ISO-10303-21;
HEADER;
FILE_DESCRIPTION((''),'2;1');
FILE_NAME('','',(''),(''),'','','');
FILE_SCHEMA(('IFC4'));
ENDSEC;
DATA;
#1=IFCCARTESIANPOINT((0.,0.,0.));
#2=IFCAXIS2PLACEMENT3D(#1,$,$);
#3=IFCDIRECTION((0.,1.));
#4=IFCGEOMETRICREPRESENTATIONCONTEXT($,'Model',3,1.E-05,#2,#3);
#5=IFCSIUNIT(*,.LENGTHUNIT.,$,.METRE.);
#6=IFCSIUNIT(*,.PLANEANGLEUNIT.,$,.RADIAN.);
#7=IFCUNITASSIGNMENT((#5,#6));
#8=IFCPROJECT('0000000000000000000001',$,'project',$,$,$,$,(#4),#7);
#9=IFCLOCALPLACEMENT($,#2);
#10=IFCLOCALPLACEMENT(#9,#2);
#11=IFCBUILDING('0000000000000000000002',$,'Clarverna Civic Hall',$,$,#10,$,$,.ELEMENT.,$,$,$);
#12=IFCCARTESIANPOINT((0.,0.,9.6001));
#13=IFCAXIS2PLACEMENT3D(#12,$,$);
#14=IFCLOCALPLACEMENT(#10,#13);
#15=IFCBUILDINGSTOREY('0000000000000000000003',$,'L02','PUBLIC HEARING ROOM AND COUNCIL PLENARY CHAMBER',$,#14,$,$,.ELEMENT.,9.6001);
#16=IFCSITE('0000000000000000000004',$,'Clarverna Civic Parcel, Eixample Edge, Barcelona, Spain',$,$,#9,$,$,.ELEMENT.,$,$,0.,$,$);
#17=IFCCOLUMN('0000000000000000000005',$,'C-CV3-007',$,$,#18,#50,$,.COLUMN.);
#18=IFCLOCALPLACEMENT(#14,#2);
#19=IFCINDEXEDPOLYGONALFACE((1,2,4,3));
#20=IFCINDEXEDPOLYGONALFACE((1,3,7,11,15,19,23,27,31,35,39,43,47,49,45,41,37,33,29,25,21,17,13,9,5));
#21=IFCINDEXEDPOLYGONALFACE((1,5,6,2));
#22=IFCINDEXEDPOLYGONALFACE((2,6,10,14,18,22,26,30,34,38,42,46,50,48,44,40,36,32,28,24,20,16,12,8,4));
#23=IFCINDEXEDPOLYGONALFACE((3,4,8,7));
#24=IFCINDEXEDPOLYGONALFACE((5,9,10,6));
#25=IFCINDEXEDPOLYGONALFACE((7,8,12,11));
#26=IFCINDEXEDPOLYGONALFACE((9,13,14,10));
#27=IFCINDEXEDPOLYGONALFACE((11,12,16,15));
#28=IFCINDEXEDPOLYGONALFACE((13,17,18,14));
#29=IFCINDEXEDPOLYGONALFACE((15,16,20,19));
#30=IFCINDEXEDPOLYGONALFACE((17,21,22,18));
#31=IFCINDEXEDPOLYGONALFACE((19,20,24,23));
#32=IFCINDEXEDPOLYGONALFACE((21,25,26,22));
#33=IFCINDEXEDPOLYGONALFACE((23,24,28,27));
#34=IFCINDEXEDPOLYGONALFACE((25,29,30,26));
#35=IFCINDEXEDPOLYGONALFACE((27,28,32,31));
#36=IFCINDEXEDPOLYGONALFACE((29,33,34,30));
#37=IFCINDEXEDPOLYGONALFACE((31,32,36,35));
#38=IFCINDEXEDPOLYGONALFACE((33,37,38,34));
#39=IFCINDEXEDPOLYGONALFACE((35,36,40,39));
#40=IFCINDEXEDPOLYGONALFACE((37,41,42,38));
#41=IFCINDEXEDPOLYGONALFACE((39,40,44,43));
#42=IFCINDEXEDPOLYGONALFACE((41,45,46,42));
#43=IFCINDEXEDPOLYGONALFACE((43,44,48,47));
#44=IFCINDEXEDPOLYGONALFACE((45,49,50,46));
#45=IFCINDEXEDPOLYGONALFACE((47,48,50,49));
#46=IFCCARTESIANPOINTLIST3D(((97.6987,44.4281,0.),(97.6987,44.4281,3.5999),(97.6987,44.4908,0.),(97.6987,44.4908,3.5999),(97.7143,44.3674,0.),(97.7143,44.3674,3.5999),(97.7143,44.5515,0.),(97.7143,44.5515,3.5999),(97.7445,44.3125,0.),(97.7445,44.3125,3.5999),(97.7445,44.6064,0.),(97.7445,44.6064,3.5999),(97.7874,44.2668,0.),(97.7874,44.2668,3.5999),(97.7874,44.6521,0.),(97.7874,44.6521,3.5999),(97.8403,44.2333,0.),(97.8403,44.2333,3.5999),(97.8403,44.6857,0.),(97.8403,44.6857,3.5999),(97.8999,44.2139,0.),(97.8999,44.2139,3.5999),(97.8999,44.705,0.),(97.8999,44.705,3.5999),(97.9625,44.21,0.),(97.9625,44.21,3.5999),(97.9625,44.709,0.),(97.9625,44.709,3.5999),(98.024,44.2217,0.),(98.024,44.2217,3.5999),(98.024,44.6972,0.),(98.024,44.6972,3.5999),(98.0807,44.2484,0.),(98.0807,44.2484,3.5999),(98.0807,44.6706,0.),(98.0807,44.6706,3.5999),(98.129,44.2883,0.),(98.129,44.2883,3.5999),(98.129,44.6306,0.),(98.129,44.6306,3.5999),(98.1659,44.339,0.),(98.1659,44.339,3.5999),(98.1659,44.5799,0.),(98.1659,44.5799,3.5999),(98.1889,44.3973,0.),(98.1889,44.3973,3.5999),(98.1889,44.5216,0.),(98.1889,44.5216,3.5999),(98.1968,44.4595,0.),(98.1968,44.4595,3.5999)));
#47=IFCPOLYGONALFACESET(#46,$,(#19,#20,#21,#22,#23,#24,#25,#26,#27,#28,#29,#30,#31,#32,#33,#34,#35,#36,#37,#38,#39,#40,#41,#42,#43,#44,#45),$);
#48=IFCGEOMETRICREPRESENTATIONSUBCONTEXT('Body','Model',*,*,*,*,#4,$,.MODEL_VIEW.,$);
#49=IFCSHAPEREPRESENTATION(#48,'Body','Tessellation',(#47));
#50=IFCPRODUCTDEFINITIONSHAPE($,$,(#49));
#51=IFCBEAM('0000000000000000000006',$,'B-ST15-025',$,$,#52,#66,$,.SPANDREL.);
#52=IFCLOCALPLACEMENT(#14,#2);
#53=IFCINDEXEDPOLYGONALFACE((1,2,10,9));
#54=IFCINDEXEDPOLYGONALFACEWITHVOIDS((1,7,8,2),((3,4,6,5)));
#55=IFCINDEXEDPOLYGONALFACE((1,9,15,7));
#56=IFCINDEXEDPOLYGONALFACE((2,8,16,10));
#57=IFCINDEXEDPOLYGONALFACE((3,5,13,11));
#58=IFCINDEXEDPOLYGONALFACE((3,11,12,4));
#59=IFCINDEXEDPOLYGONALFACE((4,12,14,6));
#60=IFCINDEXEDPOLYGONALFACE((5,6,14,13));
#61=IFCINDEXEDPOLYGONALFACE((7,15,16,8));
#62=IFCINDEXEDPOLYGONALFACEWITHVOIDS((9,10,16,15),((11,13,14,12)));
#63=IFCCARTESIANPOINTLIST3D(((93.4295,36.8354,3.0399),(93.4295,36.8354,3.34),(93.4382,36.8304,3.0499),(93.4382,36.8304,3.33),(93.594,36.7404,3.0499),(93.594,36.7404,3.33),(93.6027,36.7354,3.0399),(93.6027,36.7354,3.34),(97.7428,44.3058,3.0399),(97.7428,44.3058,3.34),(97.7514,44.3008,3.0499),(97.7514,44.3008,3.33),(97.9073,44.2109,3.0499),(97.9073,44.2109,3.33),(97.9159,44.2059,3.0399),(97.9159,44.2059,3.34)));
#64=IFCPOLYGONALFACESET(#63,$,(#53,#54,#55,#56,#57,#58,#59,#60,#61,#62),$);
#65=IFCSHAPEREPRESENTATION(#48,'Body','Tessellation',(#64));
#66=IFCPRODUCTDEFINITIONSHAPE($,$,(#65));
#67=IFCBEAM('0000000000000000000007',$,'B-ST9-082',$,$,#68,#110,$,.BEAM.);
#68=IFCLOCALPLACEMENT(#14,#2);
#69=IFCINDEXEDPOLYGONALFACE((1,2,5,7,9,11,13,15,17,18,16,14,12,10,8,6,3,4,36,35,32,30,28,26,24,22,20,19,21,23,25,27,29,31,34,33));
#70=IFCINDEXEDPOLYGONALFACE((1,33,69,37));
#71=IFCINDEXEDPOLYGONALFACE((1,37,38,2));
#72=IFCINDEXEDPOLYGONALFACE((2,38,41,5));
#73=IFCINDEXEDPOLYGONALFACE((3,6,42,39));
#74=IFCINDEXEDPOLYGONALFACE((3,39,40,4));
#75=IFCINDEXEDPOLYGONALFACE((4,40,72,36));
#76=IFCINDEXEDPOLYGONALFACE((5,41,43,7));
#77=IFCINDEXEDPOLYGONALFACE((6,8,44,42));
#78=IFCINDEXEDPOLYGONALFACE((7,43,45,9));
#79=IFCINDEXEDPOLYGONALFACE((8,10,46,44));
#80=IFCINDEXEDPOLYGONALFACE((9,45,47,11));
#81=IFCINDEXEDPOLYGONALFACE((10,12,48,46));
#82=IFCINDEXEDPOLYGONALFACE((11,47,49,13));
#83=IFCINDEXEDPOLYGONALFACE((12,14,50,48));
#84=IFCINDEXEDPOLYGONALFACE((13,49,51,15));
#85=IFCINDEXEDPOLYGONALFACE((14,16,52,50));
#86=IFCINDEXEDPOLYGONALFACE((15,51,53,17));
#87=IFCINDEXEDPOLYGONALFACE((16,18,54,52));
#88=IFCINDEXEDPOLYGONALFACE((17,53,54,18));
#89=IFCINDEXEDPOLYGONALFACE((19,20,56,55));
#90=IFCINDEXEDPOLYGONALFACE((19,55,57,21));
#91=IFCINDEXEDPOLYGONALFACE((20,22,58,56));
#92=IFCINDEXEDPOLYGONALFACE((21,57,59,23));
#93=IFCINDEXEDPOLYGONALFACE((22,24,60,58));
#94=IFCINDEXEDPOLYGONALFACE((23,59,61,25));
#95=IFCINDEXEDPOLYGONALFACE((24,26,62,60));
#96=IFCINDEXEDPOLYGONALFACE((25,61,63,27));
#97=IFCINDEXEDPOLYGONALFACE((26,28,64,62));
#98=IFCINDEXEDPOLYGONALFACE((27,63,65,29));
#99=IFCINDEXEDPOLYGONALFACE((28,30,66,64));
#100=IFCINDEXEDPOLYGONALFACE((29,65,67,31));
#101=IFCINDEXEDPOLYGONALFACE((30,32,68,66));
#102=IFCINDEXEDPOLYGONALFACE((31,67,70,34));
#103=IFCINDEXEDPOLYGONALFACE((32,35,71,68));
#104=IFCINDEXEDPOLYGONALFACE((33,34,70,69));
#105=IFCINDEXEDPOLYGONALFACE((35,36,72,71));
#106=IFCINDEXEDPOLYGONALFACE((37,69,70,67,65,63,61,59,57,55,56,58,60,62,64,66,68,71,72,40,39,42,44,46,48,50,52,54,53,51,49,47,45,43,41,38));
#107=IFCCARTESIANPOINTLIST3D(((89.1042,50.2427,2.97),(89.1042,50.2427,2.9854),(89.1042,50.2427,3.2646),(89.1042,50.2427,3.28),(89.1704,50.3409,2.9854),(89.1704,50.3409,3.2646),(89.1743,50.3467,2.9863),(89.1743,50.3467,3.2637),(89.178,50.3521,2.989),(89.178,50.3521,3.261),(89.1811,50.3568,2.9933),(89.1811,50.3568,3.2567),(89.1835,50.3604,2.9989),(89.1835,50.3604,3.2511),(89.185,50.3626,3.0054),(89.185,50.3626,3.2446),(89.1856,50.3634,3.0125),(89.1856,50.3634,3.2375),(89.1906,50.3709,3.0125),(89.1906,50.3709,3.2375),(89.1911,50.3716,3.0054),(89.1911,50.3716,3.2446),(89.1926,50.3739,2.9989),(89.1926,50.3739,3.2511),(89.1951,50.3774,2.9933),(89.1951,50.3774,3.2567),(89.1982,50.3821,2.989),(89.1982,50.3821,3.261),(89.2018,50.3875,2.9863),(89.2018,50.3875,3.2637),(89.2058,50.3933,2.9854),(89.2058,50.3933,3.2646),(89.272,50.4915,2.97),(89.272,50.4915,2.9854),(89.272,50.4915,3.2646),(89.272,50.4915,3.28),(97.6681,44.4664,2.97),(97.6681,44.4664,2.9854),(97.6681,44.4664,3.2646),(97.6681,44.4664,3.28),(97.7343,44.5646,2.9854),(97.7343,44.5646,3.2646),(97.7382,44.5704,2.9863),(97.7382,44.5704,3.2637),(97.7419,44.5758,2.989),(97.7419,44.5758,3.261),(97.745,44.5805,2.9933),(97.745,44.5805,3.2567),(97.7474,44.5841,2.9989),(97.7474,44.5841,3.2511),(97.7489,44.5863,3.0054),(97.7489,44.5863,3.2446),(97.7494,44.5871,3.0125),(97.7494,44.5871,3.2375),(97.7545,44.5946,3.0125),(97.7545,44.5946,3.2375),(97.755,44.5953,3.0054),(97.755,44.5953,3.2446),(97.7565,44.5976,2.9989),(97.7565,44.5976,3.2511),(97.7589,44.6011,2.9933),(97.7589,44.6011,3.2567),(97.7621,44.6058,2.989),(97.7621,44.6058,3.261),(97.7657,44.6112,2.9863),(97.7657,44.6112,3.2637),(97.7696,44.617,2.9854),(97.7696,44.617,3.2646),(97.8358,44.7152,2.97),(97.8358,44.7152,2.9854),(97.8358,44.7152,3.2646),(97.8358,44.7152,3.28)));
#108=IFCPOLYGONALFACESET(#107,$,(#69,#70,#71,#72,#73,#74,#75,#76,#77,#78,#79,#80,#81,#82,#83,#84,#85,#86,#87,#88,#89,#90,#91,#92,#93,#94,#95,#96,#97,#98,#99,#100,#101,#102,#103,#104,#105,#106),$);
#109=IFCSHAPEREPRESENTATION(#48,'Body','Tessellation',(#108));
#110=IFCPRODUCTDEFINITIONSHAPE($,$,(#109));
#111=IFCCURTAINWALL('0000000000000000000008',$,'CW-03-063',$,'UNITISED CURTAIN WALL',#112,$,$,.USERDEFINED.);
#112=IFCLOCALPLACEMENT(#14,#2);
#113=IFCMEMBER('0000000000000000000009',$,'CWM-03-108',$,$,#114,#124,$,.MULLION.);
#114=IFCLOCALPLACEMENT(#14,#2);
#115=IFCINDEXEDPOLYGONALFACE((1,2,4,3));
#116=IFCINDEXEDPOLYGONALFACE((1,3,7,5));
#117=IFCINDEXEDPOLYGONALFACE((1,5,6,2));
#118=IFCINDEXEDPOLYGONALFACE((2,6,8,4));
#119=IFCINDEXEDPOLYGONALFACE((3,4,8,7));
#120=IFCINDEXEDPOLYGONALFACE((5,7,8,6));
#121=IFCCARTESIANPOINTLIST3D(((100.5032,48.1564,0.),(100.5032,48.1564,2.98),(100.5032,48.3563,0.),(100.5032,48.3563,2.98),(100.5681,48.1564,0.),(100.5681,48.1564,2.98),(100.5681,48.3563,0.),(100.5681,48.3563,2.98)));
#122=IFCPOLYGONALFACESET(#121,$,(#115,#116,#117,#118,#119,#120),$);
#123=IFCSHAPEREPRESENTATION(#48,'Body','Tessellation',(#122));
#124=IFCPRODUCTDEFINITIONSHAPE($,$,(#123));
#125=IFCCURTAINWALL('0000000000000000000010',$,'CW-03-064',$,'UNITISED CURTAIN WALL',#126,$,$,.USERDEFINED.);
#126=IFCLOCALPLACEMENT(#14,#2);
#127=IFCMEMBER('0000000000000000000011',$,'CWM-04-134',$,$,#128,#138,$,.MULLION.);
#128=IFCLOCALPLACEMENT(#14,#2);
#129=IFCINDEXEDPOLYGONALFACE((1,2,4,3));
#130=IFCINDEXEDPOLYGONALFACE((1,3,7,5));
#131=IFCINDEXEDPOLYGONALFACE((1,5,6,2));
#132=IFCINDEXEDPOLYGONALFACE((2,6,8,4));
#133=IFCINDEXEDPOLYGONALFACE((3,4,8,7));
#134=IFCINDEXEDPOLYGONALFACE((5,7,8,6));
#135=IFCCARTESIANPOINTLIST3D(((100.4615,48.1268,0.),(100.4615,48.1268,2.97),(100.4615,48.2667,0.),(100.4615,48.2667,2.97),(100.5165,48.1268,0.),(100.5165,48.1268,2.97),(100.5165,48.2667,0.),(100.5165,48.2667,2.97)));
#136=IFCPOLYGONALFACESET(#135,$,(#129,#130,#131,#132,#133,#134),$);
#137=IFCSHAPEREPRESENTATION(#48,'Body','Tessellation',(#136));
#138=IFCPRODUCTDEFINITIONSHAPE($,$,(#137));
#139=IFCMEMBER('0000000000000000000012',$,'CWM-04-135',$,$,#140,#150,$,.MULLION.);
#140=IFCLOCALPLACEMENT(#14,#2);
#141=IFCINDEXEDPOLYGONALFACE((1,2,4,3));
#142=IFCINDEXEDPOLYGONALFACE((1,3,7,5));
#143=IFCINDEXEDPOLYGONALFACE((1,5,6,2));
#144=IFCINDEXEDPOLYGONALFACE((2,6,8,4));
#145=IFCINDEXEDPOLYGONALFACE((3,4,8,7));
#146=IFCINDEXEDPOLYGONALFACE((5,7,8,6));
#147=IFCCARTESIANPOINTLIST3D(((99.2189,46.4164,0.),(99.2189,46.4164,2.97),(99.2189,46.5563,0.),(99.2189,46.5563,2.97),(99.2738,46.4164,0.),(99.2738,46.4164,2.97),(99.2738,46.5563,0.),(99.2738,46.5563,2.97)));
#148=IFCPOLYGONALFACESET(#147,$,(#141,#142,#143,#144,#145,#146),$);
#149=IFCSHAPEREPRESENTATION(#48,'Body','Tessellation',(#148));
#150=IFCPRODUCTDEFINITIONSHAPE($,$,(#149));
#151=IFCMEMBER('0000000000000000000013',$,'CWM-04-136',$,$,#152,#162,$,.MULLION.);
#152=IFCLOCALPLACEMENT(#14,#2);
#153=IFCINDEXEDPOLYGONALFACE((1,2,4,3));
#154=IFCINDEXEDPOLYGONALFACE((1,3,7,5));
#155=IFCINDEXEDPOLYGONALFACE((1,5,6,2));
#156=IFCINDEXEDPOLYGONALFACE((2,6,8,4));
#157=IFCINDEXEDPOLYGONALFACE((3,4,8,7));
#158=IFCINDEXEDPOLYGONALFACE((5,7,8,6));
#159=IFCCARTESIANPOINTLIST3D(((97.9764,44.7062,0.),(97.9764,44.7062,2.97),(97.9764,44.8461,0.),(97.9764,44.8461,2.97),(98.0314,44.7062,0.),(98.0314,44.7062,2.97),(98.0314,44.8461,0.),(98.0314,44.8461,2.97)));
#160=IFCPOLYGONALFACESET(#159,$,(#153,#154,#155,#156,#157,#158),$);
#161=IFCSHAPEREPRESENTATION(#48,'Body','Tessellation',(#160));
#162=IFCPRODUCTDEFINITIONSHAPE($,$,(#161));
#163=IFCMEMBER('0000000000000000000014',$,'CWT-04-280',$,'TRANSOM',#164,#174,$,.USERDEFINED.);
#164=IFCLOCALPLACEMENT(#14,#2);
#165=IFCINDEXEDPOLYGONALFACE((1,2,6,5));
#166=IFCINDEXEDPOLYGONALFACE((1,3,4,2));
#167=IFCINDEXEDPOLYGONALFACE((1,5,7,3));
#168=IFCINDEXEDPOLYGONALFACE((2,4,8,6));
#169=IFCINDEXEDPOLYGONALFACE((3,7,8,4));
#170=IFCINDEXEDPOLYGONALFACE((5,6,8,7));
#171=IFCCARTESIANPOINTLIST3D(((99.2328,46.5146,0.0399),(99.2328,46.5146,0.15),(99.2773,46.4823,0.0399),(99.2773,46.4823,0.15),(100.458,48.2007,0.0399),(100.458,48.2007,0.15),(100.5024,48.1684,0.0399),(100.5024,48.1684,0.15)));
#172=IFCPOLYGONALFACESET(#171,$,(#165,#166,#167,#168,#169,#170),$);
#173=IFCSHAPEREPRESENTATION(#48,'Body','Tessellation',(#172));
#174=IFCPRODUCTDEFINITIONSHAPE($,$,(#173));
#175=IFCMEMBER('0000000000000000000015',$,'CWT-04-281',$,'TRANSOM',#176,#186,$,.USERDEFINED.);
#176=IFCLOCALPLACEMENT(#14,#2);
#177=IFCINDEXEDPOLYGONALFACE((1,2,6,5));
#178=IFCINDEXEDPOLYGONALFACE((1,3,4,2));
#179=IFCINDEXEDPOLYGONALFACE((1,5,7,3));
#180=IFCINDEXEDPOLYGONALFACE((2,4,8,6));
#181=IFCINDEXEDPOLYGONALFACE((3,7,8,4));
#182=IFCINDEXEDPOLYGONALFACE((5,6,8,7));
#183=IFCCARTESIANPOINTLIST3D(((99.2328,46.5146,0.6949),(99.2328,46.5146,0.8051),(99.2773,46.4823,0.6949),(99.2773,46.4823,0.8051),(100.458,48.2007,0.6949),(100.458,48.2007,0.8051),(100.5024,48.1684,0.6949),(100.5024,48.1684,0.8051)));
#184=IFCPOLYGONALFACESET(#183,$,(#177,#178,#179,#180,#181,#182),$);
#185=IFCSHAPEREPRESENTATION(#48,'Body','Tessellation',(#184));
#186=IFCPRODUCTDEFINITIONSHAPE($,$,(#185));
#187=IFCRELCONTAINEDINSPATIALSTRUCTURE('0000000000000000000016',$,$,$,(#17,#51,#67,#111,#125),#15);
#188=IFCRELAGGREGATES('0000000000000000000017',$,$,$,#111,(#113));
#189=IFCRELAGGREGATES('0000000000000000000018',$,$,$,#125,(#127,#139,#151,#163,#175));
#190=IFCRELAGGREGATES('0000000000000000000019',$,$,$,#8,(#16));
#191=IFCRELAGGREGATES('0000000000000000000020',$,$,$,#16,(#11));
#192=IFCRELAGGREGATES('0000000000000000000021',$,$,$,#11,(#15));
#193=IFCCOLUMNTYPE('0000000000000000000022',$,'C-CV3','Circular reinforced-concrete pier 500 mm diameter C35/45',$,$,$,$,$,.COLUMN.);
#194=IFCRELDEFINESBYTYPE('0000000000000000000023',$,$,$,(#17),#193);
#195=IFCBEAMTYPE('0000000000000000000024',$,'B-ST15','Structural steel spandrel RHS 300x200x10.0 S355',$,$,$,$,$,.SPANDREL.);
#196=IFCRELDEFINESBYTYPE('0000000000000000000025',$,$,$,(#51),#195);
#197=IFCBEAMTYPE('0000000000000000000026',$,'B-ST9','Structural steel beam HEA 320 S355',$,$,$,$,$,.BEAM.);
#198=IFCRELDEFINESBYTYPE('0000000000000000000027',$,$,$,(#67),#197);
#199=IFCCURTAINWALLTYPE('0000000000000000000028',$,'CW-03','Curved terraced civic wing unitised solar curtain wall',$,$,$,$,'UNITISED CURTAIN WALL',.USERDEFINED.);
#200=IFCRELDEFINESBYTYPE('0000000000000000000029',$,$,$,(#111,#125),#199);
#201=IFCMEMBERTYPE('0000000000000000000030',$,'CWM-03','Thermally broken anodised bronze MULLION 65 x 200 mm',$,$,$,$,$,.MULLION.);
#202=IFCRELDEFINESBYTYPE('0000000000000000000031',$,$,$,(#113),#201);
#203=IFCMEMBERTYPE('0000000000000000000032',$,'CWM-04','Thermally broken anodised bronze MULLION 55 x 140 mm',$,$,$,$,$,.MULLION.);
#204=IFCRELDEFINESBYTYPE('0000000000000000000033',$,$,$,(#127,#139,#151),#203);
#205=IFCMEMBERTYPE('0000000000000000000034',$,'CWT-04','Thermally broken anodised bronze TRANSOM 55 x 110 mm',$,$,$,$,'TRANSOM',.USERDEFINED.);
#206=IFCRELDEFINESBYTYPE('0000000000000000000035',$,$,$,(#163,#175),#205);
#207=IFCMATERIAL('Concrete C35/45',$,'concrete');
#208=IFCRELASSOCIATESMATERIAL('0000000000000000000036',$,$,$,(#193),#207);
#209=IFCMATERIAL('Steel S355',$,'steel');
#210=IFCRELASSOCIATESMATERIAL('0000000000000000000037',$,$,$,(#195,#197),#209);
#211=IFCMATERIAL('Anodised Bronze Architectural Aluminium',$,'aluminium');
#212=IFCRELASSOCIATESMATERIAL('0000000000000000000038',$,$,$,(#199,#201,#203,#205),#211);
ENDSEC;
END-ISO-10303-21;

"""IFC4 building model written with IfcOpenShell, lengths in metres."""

from ifc_helpers import new_model, si_unit, direction, frame, origin, origin_2d, place, context, subcontext, project, spatial, rectangle, hollow_rectangle, circle, i_section, extrude, material, material_profile, profile_set, type_object, element, aggregate, save


model = new_model("IFC4")

# Units and contexts
model_context = context("Model", 3, precision=1e-05, world=origin(), true_north=direction((0.0, 1.0)))
body_context = subcontext(model_context, "Body", "Model", "MODEL_VIEW")
ifc_project = project(units=[si_unit("LENGTHUNIT", "METRE"), si_unit("PLANEANGLEUNIT", "RADIAN")], contexts=[model_context])

# Site, building, storey
site_placement = place(None, origin())
site = spatial("IfcSite", under=ifc_project, at=site_placement, Name="Clarverna Civic Parcel, Eixample Edge, Barcelona, Spain", CompositionType="ELEMENT", RefElevation=0.0)
building_placement = place(site_placement, origin())
building = spatial("IfcBuilding", under=site, at=building_placement, Name="Clarverna Civic Hall", CompositionType="ELEMENT")
storey_placement = place(building_placement, frame((0.0, 0.0, 9.6001)))
storey = spatial("IfcBuildingStorey", under=building, at=storey_placement, Name="L02", Description="PUBLIC HEARING ROOM AND COUNCIL PLENARY CHAMBER", CompositionType="ELEMENT", Elevation=9.6001)

# Column
ifc_material_1 = material(Name="Concrete C35/45", Category="concrete")
ifc_material_profile_1 = material_profile(ifc_material_1, circle(Radius=0.25, at=origin_2d()), Name="RC D500")
ifc_profile_set_1 = profile_set([ifc_material_profile_1], Name="Concrete C35/45")
column_type = type_object("IfcColumnType", Name="C-CV3", Description="Circular reinforced-concrete pier 500 mm diameter C35/45", PredefinedType="COLUMN", material=ifc_profile_set_1)
column_placement = place(storey_placement, frame((97.9468, 44.4595, 0.0), z_axis=(0.0, 0.0, 1.0), x_axis=(1.0, 0.0, 0.0)))
element("IfcColumn", 1, at=column_placement, inside=storey, type_object=column_type, Name="C-CV3-007", PredefinedType="COLUMN", context=body_context, shape_type="SweptSolid", body=[
    extrude(circle(Radius=0.25, at=origin_2d()), origin(), (0.0, 0.0, 1.0), 3.5999),
])

# Beams
ifc_material_2 = material(Name="Steel S355", Category="steel")
ifc_material_profile_2 = material_profile(ifc_material_2, hollow_rectangle(XDim=0.2, YDim=0.3, WallThickness=0.01, at=origin_2d()), Name="RHS 300x200x10.0")
ifc_profile_set_2 = profile_set([ifc_material_profile_2], Name="Steel S355")
beam_type_1 = type_object("IfcBeamType", Name="B-ST15", Description="Structural steel spandrel RHS 300x200x10.0 S355", PredefinedType="SPANDREL", material=ifc_profile_set_2)
beam_1_placement = place(storey_placement, frame((97.8293, 44.2559, 3.1899), z_axis=(-0.500014, -0.866017, 0.0), x_axis=(0.866017, -0.500014, 0.0)))
element("IfcBeam", 2, at=beam_1_placement, inside=storey, type_object=beam_type_1, Name="B-ST15-025", PredefinedType="SPANDREL", context=body_context, shape_type="SweptSolid", body=[
    extrude(hollow_rectangle(XDim=0.2, YDim=0.3, WallThickness=0.01, at=origin_2d()), origin(), (0.0, 0.0, 1.0), 8.6262),
])
ifc_material_profile_3 = material_profile(ifc_material_2, i_section(OverallWidth=0.3, OverallDepth=0.3101, WebThickness=0.009, FlangeThickness=0.0154, FilletRadius=0.0271, at=origin_2d()), Name="HEA 320")
ifc_profile_set_3 = profile_set([ifc_material_profile_3], Name="Steel S355")
beam_type_2 = type_object("IfcBeamType", Name="B-ST9", Description="Structural steel beam HEA 320 S355", PredefinedType="BEAM", material=ifc_profile_set_3)
beam_2_placement = place(storey_placement, frame((97.752, 44.5908, 3.125), z_axis=(-0.829042, 0.559186, 0.0), x_axis=(-0.559186, -0.829042, 0.0)))
element("IfcBeam", 3, at=beam_2_placement, inside=storey, type_object=beam_type_2, Name="B-ST9-082", PredefinedType="BEAM", context=body_context, shape_type="SweptSolid", body=[
    extrude(i_section(OverallWidth=0.3, OverallDepth=0.3101, WebThickness=0.009, FlangeThickness=0.0154, FilletRadius=0.0271, at=origin_2d()), origin(), (0.0, 0.0, 1.0), 10.3298),
])

# Curtain wall, member
ifc_material_3 = material(Name="Anodised Bronze Architectural Aluminium", Category="aluminium")
curtain_wall_type = type_object("IfcCurtainWallType", Name="CW-03", Description="Curved terraced civic wing unitised solar curtain wall", ElementType="UNITISED CURTAIN WALL", PredefinedType="USERDEFINED", material=ifc_material_3)
curtain_wall_1_placement = place(storey_placement, origin())
curtain_wall_1 = element("IfcCurtainWall", 4, at=curtain_wall_1_placement, inside=storey, type_object=curtain_wall_type, Name="CW-03-063", ObjectType="UNITISED CURTAIN WALL", PredefinedType="USERDEFINED")
ifc_material_profile_4 = material_profile(ifc_material_3, rectangle(XDim=0.0649, YDim=0.2, at=origin_2d()), Name="BRONZE 65x200")
ifc_profile_set_4 = profile_set([ifc_material_profile_4], Name="Anodised Bronze Architectural Aluminium")
member_type_1 = type_object("IfcMemberType", Name="CWM-03", Description="Thermally broken anodised bronze MULLION 65 x 200 mm", PredefinedType="MULLION", material=ifc_profile_set_4)
member_1_placement = place(storey_placement, frame((100.5356, 48.2563, 0.0), z_axis=(0.0, 0.0, 1.0), x_axis=(1.0, 0.0, 0.0)))
member_1 = element("IfcMember", 5, at=member_1_placement, type_object=member_type_1, Name="CWM-03-108", PredefinedType="MULLION", context=body_context, shape_type="SweptSolid", body=[
    extrude(rectangle(XDim=0.0649, YDim=0.2, at=origin_2d()), origin(), (0.0, 0.0, 1.0), 2.98),
])
aggregate(curtain_wall_1, [member_1])

# Curtain wall, members
curtain_wall_2_placement = place(storey_placement, origin())
curtain_wall_2 = element("IfcCurtainWall", 6, at=curtain_wall_2_placement, inside=storey, type_object=curtain_wall_type, Name="CW-03-064", ObjectType="UNITISED CURTAIN WALL", PredefinedType="USERDEFINED")
ifc_material_profile_5 = material_profile(ifc_material_3, rectangle(XDim=0.0549, YDim=0.1399, at=origin_2d()), Name="BRONZE 55x140")
ifc_profile_set_5 = profile_set([ifc_material_profile_5], Name="Anodised Bronze Architectural Aluminium")
member_type_2 = type_object("IfcMemberType", Name="CWM-04", Description="Thermally broken anodised bronze MULLION 55 x 140 mm", PredefinedType="MULLION", material=ifc_profile_set_5)
member_2_placement = place(storey_placement, frame((100.489, 48.1968, 0.0), z_axis=(0.0, 0.0, 1.0), x_axis=(1.0, 0.0, 0.0)))
member_2 = element("IfcMember", 7, at=member_2_placement, type_object=member_type_2, Name="CWM-04-134", PredefinedType="MULLION", context=body_context, shape_type="SweptSolid", body=[
    extrude(rectangle(XDim=0.0549, YDim=0.1399, at=origin_2d()), origin(), (0.0, 0.0, 1.0), 2.97),
])
member_3_placement = place(storey_placement, frame((99.2463, 46.4863, 0.0), z_axis=(0.0, 0.0, 1.0), x_axis=(1.0, 0.0, 0.0)))
member_3 = element("IfcMember", 8, at=member_3_placement, type_object=member_type_2, Name="CWM-04-135", PredefinedType="MULLION", context=body_context, shape_type="SweptSolid", body=[
    extrude(rectangle(XDim=0.0549, YDim=0.1399, at=origin_2d()), origin(), (0.0, 0.0, 1.0), 2.97),
])
member_4_placement = place(storey_placement, frame((98.0039, 44.7761, 0.0), z_axis=(0.0, 0.0, 1.0), x_axis=(1.0, 0.0, 0.0)))
member_4 = element("IfcMember", 9, at=member_4_placement, type_object=member_type_2, Name="CWM-04-136", PredefinedType="MULLION", context=body_context, shape_type="SweptSolid", body=[
    extrude(rectangle(XDim=0.0549, YDim=0.1399, at=origin_2d()), origin(), (0.0, 0.0, 1.0), 2.97),
])
ifc_material_profile_6 = material_profile(ifc_material_3, rectangle(XDim=0.0549, YDim=0.1101, at=origin_2d()), Name="BRONZE 55x110")
ifc_profile_set_6 = profile_set([ifc_material_profile_6], Name="Anodised Bronze Architectural Aluminium")
member_type_3 = type_object("IfcMemberType", Name="CWT-04", Description="Thermally broken anodised bronze TRANSOM 55 x 110 mm", ElementType="TRANSOM", PredefinedType="USERDEFINED", material=ifc_profile_set_6)
member_5_placement = place(storey_placement, frame((100.4802, 48.1846, 0.095), z_axis=(-0.587823, -0.808989, 0.0), x_axis=(0.808989, -0.587823, 0.0)))
member_5 = element("IfcMember", 10, at=member_5_placement, type_object=member_type_3, Name="CWT-04-280", ObjectType="TRANSOM", PredefinedType="USERDEFINED", context=body_context, shape_type="SweptSolid", body=[
    extrude(rectangle(XDim=0.0549, YDim=0.1101, at=origin_2d()), origin(), (0.0, 0.0, 1.0), 2.0842),
])
member_6_placement = place(storey_placement, frame((100.4802, 48.1846, 0.75), z_axis=(-0.587823, -0.808989, 0.0), x_axis=(0.808989, -0.587823, 0.0)))
member_6 = element("IfcMember", 11, at=member_6_placement, type_object=member_type_3, Name="CWT-04-281", ObjectType="TRANSOM", PredefinedType="USERDEFINED", context=body_context, shape_type="SweptSolid", body=[
    extrude(rectangle(XDim=0.0549, YDim=0.1101, at=origin_2d()), origin(), (0.0, 0.0, 1.0), 2.0842),
])
aggregate(curtain_wall_2, [member_2, member_3, member_4, member_5, member_6])

save(model, "model.ifc")
